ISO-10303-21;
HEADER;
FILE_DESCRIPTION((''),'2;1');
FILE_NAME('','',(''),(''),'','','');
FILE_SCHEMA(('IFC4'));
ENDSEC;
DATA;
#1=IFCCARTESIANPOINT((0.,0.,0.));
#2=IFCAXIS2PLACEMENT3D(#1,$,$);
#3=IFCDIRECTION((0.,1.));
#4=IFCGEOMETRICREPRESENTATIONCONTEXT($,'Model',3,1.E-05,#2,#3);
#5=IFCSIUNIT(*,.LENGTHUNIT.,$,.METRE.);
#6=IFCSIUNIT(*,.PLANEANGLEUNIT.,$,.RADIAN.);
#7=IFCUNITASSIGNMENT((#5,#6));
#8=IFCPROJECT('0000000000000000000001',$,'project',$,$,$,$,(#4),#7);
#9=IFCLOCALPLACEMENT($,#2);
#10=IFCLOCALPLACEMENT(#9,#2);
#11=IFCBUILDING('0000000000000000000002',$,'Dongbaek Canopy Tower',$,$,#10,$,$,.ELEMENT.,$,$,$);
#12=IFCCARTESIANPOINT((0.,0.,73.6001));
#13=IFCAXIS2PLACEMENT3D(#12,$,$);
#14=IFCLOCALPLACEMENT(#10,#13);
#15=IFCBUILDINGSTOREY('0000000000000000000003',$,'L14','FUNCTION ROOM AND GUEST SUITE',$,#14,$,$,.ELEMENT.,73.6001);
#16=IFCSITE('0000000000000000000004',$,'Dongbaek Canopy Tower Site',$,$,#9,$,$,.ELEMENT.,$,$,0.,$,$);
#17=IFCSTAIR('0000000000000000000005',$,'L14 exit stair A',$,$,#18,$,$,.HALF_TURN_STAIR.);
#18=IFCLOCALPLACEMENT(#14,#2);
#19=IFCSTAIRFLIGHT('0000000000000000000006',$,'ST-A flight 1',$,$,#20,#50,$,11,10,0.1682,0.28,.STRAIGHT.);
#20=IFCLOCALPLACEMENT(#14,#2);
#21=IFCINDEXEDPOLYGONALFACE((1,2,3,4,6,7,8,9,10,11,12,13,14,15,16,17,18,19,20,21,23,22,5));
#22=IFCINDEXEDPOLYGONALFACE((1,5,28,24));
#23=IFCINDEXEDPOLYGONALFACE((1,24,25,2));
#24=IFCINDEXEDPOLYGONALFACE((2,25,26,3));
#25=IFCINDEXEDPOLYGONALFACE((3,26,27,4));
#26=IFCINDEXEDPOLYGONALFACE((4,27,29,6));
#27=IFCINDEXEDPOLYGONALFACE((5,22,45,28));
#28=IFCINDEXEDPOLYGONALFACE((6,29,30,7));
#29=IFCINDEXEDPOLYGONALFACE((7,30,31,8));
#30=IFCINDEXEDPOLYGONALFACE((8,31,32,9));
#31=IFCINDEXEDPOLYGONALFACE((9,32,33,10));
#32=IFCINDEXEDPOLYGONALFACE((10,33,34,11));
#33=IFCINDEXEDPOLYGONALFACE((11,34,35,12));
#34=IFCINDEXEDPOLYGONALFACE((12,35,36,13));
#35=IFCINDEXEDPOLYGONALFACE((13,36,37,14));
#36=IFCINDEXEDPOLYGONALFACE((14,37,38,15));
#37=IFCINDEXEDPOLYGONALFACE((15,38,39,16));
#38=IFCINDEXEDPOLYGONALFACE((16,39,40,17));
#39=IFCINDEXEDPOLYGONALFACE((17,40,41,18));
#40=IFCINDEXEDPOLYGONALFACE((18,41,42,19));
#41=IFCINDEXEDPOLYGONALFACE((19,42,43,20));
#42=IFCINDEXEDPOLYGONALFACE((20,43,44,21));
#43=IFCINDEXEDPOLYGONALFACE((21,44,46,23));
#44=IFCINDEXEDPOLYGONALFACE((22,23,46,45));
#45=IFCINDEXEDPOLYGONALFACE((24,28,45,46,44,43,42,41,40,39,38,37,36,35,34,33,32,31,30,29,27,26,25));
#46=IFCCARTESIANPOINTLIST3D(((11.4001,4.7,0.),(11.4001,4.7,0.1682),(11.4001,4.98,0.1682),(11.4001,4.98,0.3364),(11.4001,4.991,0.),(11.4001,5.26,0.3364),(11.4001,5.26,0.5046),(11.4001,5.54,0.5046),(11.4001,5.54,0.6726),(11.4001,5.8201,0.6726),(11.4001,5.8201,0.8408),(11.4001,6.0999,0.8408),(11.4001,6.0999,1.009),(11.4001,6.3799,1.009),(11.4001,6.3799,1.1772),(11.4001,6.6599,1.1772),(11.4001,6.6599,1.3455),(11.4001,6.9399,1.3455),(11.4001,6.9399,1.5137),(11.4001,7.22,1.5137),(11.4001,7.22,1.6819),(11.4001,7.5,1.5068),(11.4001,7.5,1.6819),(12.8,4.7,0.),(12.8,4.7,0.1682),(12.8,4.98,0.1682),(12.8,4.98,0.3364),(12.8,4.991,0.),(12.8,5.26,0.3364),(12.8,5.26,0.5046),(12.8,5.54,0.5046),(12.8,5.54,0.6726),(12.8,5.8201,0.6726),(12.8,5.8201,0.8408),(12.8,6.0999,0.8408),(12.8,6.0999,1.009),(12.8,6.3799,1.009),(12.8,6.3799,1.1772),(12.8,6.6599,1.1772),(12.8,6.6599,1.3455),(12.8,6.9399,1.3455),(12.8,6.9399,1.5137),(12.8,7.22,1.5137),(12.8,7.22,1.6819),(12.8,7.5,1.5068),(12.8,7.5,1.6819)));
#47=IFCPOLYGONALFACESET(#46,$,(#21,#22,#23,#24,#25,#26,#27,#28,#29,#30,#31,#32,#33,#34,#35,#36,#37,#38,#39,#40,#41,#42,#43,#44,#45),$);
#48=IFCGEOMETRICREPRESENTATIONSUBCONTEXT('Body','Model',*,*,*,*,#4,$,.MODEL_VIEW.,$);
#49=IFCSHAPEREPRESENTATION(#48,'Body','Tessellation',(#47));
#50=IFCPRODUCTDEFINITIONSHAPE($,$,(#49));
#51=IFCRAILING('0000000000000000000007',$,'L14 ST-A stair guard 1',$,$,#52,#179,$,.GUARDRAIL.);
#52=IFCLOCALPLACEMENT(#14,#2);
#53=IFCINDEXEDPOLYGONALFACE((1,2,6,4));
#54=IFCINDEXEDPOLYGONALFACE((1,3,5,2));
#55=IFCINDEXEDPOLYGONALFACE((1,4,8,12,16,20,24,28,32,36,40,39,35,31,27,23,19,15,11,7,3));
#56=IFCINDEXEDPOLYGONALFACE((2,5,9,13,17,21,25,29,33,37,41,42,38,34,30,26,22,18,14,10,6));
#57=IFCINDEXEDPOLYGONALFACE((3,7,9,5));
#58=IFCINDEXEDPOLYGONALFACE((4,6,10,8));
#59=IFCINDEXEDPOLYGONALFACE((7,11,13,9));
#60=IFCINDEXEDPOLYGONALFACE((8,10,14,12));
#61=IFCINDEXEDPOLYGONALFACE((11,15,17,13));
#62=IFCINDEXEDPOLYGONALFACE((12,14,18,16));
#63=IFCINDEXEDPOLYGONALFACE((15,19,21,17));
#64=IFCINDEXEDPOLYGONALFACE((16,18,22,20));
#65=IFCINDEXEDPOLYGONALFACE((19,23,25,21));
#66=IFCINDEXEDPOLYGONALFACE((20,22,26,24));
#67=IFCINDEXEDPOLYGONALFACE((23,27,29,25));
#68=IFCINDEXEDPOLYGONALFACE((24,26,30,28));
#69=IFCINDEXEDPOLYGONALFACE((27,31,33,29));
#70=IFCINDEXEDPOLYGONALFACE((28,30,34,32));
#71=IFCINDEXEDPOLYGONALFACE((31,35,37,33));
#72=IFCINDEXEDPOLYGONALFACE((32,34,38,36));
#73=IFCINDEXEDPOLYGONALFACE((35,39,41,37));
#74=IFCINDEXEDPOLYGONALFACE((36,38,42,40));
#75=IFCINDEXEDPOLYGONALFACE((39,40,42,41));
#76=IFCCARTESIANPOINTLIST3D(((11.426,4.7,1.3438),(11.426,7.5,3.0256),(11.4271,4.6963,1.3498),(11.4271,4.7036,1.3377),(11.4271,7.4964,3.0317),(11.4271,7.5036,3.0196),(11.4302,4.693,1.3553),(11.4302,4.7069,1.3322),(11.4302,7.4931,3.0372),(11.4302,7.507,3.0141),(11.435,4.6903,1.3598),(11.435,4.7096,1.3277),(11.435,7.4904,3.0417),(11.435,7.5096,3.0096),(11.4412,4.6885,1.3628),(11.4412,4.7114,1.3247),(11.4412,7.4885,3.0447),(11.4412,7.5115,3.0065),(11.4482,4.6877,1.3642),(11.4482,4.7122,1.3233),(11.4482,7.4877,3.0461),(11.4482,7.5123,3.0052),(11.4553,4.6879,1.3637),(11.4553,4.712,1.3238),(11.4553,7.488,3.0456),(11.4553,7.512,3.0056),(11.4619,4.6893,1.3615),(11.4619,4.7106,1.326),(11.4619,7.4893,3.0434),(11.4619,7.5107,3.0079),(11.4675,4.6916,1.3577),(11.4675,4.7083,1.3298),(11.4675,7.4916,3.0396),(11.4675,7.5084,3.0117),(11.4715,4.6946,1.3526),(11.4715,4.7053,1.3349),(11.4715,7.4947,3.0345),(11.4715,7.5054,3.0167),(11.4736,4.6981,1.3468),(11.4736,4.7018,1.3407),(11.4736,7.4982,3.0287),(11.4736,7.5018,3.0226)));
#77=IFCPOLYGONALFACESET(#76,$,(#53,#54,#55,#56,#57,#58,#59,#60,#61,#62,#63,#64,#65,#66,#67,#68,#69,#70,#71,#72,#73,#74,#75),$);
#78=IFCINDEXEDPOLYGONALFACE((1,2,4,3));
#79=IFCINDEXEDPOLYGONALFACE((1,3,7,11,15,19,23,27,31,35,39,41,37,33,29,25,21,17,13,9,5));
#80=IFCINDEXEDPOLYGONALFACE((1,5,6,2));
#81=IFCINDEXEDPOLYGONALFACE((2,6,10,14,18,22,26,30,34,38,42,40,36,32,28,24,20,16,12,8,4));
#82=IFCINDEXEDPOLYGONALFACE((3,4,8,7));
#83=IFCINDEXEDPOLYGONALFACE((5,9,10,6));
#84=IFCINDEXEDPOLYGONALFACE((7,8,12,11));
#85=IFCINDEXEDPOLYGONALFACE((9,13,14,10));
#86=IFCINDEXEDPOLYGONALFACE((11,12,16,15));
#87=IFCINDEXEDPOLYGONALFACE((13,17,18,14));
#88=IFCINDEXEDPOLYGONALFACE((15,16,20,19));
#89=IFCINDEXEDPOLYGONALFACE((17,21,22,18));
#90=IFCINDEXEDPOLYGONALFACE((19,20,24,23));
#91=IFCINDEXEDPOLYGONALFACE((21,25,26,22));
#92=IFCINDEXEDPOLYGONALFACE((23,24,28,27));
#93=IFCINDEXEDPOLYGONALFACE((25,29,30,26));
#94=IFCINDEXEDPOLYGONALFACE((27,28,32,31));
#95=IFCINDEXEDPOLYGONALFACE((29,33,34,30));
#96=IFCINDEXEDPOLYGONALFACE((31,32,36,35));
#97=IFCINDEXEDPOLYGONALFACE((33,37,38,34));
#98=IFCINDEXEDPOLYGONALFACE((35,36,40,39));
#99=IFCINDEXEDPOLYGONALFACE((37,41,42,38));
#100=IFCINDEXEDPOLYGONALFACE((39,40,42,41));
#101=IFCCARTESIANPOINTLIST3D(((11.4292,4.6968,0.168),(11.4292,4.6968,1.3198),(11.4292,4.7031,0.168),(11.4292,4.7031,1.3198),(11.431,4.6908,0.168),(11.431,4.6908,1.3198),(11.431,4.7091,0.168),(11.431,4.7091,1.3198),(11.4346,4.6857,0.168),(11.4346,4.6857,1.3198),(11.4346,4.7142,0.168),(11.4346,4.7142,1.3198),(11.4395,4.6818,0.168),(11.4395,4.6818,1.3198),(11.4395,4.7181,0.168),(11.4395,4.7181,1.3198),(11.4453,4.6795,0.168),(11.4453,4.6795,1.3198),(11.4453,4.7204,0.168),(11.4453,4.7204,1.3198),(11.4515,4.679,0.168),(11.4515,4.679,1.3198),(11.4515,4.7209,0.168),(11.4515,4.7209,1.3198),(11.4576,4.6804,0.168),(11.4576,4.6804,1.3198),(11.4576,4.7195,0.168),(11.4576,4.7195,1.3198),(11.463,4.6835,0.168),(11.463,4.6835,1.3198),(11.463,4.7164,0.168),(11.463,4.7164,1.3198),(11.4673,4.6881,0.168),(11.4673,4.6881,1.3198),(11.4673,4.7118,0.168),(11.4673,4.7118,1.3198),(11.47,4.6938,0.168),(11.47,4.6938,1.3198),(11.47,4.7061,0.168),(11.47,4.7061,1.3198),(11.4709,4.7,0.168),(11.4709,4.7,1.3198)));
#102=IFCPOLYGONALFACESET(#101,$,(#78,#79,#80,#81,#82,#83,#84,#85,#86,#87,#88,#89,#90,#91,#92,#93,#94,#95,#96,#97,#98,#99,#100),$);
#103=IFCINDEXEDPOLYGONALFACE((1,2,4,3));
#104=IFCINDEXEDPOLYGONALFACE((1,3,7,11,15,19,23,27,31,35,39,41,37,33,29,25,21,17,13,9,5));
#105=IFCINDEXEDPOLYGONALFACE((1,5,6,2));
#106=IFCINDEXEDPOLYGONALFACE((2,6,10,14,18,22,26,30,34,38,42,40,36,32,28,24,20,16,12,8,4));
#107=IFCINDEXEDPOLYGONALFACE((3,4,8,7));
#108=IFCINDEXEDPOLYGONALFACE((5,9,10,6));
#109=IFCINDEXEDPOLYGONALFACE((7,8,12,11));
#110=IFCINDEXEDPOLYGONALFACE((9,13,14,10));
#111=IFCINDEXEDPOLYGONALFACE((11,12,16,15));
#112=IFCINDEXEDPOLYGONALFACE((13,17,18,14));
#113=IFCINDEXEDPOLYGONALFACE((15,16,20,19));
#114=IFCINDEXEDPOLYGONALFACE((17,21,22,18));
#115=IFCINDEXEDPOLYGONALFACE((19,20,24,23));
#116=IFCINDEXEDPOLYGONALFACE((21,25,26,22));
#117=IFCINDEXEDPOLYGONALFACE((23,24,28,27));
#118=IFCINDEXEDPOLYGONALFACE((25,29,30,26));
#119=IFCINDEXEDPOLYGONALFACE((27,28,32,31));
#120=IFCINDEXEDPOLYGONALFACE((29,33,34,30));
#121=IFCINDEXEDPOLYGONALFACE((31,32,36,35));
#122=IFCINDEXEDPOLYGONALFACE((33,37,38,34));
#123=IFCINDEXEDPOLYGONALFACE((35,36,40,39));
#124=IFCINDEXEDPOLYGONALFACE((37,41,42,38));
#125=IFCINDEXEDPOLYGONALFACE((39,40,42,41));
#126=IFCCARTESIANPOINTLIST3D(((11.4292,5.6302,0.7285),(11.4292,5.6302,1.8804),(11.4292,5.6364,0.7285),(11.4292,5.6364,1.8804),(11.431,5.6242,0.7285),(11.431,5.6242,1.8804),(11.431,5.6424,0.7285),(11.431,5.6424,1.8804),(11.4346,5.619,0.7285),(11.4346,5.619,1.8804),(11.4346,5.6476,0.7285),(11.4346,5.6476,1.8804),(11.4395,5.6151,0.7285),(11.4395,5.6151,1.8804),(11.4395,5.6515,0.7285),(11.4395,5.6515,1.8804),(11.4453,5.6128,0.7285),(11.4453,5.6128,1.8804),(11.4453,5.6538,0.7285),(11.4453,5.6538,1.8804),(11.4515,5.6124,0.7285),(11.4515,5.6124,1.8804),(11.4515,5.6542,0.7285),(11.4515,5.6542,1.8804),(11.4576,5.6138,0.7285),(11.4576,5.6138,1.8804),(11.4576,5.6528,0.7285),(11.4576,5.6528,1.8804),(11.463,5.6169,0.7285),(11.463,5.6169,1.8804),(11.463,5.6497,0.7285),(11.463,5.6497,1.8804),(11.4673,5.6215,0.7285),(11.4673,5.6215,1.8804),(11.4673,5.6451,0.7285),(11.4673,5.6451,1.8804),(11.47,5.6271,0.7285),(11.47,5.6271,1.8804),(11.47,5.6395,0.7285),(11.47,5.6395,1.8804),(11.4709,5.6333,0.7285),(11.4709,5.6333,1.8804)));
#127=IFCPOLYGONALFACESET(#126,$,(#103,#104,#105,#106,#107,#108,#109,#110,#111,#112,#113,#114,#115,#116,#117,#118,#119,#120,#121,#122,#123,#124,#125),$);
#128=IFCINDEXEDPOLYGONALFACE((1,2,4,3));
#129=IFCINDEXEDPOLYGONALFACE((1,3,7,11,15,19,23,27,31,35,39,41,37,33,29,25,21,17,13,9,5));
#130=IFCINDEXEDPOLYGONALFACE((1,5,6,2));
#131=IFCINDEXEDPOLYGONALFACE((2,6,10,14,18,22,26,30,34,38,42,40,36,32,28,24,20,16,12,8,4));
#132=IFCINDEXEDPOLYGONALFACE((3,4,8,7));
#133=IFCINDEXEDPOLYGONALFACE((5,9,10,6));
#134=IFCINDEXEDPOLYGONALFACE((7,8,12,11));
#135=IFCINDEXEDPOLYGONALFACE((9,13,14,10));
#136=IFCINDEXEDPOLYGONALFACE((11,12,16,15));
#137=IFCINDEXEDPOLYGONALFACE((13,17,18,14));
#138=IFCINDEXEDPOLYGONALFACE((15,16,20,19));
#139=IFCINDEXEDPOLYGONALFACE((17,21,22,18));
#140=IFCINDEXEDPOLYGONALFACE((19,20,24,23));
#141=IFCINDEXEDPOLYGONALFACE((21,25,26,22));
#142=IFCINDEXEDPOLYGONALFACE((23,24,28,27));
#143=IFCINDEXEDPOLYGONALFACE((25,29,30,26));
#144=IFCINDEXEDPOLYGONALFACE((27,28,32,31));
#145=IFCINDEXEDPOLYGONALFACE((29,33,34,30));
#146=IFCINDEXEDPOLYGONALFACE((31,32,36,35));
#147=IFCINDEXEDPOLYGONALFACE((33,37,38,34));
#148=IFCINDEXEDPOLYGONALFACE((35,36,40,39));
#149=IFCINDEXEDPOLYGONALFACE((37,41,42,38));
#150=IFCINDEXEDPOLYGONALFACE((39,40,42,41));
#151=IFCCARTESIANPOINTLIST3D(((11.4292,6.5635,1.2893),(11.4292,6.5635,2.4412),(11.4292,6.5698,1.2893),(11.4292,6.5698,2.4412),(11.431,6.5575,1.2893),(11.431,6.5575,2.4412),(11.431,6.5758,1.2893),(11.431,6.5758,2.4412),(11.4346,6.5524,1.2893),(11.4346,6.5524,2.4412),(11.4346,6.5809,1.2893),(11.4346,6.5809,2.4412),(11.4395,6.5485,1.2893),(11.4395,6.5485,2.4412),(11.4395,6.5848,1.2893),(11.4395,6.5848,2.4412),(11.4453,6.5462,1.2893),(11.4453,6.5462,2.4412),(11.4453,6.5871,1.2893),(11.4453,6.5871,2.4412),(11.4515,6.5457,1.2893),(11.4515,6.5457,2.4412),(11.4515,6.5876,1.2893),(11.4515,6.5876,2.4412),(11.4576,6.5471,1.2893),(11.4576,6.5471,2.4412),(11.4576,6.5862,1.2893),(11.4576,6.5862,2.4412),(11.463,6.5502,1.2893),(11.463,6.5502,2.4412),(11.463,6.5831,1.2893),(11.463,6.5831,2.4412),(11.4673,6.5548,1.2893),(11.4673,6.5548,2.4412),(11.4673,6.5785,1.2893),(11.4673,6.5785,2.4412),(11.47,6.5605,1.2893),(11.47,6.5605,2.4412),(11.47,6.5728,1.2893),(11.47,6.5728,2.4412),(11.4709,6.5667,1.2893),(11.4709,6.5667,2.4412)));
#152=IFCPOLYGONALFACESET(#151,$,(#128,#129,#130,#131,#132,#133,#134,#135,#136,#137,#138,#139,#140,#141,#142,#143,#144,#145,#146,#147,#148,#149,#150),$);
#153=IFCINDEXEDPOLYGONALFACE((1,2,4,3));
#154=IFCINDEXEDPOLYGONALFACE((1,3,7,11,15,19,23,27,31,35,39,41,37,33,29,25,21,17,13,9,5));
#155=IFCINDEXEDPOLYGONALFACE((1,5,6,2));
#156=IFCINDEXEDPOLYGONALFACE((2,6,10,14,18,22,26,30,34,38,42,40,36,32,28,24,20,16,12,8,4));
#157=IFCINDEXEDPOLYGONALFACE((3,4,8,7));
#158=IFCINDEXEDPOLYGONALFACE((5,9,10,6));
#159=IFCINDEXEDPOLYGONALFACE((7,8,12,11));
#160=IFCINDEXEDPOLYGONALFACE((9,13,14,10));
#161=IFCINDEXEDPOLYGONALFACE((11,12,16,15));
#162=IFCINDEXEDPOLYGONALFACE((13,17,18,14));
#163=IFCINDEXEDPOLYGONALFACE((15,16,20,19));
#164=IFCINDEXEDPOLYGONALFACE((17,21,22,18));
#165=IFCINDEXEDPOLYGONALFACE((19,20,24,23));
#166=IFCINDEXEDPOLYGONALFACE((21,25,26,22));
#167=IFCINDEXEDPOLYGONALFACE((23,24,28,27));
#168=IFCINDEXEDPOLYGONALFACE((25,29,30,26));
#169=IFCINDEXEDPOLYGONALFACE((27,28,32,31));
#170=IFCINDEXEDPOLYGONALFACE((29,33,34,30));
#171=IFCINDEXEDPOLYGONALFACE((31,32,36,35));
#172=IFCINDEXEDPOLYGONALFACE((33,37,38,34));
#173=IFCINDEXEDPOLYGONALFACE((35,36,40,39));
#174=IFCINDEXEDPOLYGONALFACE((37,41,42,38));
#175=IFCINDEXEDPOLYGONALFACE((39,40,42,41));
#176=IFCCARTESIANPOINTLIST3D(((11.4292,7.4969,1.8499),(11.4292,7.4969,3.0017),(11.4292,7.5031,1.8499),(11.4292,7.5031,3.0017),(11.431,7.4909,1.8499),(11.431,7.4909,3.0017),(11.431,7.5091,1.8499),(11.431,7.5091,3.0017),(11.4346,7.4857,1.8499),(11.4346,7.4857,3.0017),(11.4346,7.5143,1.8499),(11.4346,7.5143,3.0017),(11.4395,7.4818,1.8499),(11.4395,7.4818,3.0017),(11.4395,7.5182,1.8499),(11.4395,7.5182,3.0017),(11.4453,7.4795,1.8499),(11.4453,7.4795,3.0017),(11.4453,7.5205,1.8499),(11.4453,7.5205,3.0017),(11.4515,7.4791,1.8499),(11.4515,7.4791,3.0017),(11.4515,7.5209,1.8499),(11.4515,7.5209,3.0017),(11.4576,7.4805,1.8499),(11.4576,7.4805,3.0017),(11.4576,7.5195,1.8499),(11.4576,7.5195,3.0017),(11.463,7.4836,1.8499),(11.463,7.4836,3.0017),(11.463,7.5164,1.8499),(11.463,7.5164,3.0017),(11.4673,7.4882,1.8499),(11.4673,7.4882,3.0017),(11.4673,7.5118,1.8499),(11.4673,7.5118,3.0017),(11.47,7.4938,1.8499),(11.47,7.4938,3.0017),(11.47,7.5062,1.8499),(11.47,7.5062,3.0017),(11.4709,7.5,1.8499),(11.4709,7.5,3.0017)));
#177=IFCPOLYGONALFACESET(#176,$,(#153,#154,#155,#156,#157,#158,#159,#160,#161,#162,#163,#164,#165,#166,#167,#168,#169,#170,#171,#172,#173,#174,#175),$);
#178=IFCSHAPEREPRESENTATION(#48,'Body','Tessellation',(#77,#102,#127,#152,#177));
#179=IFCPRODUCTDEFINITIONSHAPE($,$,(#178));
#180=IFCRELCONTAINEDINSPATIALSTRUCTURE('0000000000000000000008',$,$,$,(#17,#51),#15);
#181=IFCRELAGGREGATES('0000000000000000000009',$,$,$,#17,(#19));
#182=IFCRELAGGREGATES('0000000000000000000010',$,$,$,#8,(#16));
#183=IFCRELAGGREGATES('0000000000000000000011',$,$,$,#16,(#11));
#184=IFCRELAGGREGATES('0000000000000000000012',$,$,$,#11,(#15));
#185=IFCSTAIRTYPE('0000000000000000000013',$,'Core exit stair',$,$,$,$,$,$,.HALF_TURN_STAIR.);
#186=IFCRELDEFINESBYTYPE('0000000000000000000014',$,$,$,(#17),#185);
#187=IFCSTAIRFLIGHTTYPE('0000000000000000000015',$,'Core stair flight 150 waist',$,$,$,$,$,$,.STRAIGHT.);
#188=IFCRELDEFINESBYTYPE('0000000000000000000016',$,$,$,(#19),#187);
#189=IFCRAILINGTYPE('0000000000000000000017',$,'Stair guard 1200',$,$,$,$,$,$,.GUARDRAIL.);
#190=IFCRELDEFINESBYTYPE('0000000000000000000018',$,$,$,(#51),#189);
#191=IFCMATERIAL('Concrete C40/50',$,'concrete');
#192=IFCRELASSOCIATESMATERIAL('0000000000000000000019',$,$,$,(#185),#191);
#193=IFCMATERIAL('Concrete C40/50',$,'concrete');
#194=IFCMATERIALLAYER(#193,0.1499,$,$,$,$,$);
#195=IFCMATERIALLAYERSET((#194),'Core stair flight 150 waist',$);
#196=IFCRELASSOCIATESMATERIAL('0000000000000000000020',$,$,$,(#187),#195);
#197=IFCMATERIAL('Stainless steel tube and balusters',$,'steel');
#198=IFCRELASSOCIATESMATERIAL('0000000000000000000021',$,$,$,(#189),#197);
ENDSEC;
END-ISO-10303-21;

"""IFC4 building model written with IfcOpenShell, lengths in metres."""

from ifc_helpers import new_model, si_unit, direction, frame, origin, origin_2d, place, context, subcontext, project, spatial, polyline, circle, outline, extrude, material, layer, layer_set, type_object, element, aggregate, save


model = new_model("IFC4")

# Units and contexts
model_context = context("Model", 3, precision=1e-05, world=origin(), true_north=direction((0.0, 1.0)))
body_context = subcontext(model_context, "Body", "Model", "MODEL_VIEW")
ifc_project = project(units=[si_unit("LENGTHUNIT", "METRE"), si_unit("PLANEANGLEUNIT", "RADIAN")], contexts=[model_context])

# Site, building, storey
site_placement = place(None, origin())
site = spatial("IfcSite", under=ifc_project, at=site_placement, Name="Dongbaek Canopy Tower Site", CompositionType="ELEMENT", RefElevation=0.0)
building_placement = place(site_placement, origin())
building = spatial("IfcBuilding", under=site, at=building_placement, Name="Dongbaek Canopy Tower", CompositionType="ELEMENT")
storey_placement = place(building_placement, frame((0.0, 0.0, 73.6001)))
storey = spatial("IfcBuildingStorey", under=building, at=storey_placement, Name="L14", Description="FUNCTION ROOM AND GUEST SUITE", CompositionType="ELEMENT", Elevation=73.6001)

# Stair, stair flight
ifc_material_1 = material(Name="Concrete C40/50", Category="concrete")
stair_type = type_object("IfcStairType", Name="Core exit stair", PredefinedType="HALF_TURN_STAIR", material=ifc_material_1)
stair_placement = place(storey_placement, origin())
stair = element("IfcStair", 1, at=stair_placement, inside=storey, type_object=stair_type, Name="L14 exit stair A", PredefinedType="HALF_TURN_STAIR")
ifc_material_2 = material(Name="Concrete C40/50", Category="concrete")
ifc_layer_1 = layer(ifc_material_2, 0.1499)
ifc_layer_set_1 = layer_set([ifc_layer_1], Name="Core stair flight 150 waist")
stair_flight_type = type_object("IfcStairFlightType", Name="Core stair flight 150 waist", PredefinedType="STRAIGHT", material=ifc_layer_set_1)
stair_flight_placement = place(storey_placement, frame((12.1001, 4.7, 0.0), z_axis=(0.0, 0.0, 1.0), x_axis=(0.0, 1.0, 0.0)))
stair_flight = element("IfcStairFlight", 2, at=stair_flight_placement, type_object=stair_flight_type, Name="ST-A flight 1", NumberOfRisers=11, NumberOfTreads=10, PredefinedType="STRAIGHT", RiserHeight=0.1682, TreadLength=0.28, context=body_context, shape_type="SweptSolid", body=[
    extrude(outline(polyline([(0.0, 0.0), (0.0, 0.1682), (0.28, 0.1682), (0.28, 0.3364), (0.5601, 0.3364), (0.5601, 0.5046), (0.8401, 0.5046), (0.8401, 0.6726), (1.1201, 0.6726), (1.1201, 0.8408), (1.3999, 0.8408), (1.3999, 1.009), (1.6799, 1.009), (1.6799, 1.1772), (1.96, 1.1772), (1.96, 1.3455), (2.24, 1.3455), (2.24, 1.5137), (2.52, 1.5137), (2.52, 1.6819), (2.8, 1.6819), (2.8, 1.8501), (2.8, 1.5068), (0.291, 0.0), (0.0, 0.0)])), frame((0.0, 0.7, 0.0), z_axis=(0.0, -1.0, 0.0), x_axis=(1.0, 0.0, 0.0)), (0.0, 0.0, 1.0), 1.3999),
])
aggregate(stair, [stair_flight])

# Railing
ifc_material_3 = material(Name="Stainless steel tube and balusters", Category="steel")
railing_type_1 = type_object("IfcRailingType", Name="Stair guard 1200", PredefinedType="GUARDRAIL", material=ifc_material_3)
railing_1_placement = place(storey_placement, frame((11.45, 4.7, 0.168)))
element("IfcRailing", 3, at=railing_1_placement, inside=storey, type_object=railing_type_1, Name="L14 ST-A stair guard 1", PredefinedType="GUARDRAIL", context=body_context, shape_type="SweptSolid", body=[
    extrude(circle(Radius=0.0239, at=origin_2d()), frame((0.0, 0.0, 1.1758), z_axis=(0.0, 0.857242, 0.514913), x_axis=(-1.0, 0.0, 0.0)), (0.0, 0.0, 1.0), 3.2664),
    extrude(circle(Radius=0.021, at=origin_2d()), origin(), (0.0, 0.0, 1.0), 1.1519),
    extrude(circle(Radius=0.021, at=origin_2d()), frame((0.0, 0.9333, 0.5605)), (0.0, 0.0, 1.0), 1.1519),
    extrude(circle(Radius=0.021, at=origin_2d()), frame((0.0, 1.8667, 1.1213)), (0.0, 0.0, 1.0), 1.1519),
    extrude(circle(Radius=0.021, at=origin_2d()), frame((0.0, 2.8, 1.6819)), (0.0, 0.0, 1.0), 1.1519),
])

save(model, "model.ifc")
